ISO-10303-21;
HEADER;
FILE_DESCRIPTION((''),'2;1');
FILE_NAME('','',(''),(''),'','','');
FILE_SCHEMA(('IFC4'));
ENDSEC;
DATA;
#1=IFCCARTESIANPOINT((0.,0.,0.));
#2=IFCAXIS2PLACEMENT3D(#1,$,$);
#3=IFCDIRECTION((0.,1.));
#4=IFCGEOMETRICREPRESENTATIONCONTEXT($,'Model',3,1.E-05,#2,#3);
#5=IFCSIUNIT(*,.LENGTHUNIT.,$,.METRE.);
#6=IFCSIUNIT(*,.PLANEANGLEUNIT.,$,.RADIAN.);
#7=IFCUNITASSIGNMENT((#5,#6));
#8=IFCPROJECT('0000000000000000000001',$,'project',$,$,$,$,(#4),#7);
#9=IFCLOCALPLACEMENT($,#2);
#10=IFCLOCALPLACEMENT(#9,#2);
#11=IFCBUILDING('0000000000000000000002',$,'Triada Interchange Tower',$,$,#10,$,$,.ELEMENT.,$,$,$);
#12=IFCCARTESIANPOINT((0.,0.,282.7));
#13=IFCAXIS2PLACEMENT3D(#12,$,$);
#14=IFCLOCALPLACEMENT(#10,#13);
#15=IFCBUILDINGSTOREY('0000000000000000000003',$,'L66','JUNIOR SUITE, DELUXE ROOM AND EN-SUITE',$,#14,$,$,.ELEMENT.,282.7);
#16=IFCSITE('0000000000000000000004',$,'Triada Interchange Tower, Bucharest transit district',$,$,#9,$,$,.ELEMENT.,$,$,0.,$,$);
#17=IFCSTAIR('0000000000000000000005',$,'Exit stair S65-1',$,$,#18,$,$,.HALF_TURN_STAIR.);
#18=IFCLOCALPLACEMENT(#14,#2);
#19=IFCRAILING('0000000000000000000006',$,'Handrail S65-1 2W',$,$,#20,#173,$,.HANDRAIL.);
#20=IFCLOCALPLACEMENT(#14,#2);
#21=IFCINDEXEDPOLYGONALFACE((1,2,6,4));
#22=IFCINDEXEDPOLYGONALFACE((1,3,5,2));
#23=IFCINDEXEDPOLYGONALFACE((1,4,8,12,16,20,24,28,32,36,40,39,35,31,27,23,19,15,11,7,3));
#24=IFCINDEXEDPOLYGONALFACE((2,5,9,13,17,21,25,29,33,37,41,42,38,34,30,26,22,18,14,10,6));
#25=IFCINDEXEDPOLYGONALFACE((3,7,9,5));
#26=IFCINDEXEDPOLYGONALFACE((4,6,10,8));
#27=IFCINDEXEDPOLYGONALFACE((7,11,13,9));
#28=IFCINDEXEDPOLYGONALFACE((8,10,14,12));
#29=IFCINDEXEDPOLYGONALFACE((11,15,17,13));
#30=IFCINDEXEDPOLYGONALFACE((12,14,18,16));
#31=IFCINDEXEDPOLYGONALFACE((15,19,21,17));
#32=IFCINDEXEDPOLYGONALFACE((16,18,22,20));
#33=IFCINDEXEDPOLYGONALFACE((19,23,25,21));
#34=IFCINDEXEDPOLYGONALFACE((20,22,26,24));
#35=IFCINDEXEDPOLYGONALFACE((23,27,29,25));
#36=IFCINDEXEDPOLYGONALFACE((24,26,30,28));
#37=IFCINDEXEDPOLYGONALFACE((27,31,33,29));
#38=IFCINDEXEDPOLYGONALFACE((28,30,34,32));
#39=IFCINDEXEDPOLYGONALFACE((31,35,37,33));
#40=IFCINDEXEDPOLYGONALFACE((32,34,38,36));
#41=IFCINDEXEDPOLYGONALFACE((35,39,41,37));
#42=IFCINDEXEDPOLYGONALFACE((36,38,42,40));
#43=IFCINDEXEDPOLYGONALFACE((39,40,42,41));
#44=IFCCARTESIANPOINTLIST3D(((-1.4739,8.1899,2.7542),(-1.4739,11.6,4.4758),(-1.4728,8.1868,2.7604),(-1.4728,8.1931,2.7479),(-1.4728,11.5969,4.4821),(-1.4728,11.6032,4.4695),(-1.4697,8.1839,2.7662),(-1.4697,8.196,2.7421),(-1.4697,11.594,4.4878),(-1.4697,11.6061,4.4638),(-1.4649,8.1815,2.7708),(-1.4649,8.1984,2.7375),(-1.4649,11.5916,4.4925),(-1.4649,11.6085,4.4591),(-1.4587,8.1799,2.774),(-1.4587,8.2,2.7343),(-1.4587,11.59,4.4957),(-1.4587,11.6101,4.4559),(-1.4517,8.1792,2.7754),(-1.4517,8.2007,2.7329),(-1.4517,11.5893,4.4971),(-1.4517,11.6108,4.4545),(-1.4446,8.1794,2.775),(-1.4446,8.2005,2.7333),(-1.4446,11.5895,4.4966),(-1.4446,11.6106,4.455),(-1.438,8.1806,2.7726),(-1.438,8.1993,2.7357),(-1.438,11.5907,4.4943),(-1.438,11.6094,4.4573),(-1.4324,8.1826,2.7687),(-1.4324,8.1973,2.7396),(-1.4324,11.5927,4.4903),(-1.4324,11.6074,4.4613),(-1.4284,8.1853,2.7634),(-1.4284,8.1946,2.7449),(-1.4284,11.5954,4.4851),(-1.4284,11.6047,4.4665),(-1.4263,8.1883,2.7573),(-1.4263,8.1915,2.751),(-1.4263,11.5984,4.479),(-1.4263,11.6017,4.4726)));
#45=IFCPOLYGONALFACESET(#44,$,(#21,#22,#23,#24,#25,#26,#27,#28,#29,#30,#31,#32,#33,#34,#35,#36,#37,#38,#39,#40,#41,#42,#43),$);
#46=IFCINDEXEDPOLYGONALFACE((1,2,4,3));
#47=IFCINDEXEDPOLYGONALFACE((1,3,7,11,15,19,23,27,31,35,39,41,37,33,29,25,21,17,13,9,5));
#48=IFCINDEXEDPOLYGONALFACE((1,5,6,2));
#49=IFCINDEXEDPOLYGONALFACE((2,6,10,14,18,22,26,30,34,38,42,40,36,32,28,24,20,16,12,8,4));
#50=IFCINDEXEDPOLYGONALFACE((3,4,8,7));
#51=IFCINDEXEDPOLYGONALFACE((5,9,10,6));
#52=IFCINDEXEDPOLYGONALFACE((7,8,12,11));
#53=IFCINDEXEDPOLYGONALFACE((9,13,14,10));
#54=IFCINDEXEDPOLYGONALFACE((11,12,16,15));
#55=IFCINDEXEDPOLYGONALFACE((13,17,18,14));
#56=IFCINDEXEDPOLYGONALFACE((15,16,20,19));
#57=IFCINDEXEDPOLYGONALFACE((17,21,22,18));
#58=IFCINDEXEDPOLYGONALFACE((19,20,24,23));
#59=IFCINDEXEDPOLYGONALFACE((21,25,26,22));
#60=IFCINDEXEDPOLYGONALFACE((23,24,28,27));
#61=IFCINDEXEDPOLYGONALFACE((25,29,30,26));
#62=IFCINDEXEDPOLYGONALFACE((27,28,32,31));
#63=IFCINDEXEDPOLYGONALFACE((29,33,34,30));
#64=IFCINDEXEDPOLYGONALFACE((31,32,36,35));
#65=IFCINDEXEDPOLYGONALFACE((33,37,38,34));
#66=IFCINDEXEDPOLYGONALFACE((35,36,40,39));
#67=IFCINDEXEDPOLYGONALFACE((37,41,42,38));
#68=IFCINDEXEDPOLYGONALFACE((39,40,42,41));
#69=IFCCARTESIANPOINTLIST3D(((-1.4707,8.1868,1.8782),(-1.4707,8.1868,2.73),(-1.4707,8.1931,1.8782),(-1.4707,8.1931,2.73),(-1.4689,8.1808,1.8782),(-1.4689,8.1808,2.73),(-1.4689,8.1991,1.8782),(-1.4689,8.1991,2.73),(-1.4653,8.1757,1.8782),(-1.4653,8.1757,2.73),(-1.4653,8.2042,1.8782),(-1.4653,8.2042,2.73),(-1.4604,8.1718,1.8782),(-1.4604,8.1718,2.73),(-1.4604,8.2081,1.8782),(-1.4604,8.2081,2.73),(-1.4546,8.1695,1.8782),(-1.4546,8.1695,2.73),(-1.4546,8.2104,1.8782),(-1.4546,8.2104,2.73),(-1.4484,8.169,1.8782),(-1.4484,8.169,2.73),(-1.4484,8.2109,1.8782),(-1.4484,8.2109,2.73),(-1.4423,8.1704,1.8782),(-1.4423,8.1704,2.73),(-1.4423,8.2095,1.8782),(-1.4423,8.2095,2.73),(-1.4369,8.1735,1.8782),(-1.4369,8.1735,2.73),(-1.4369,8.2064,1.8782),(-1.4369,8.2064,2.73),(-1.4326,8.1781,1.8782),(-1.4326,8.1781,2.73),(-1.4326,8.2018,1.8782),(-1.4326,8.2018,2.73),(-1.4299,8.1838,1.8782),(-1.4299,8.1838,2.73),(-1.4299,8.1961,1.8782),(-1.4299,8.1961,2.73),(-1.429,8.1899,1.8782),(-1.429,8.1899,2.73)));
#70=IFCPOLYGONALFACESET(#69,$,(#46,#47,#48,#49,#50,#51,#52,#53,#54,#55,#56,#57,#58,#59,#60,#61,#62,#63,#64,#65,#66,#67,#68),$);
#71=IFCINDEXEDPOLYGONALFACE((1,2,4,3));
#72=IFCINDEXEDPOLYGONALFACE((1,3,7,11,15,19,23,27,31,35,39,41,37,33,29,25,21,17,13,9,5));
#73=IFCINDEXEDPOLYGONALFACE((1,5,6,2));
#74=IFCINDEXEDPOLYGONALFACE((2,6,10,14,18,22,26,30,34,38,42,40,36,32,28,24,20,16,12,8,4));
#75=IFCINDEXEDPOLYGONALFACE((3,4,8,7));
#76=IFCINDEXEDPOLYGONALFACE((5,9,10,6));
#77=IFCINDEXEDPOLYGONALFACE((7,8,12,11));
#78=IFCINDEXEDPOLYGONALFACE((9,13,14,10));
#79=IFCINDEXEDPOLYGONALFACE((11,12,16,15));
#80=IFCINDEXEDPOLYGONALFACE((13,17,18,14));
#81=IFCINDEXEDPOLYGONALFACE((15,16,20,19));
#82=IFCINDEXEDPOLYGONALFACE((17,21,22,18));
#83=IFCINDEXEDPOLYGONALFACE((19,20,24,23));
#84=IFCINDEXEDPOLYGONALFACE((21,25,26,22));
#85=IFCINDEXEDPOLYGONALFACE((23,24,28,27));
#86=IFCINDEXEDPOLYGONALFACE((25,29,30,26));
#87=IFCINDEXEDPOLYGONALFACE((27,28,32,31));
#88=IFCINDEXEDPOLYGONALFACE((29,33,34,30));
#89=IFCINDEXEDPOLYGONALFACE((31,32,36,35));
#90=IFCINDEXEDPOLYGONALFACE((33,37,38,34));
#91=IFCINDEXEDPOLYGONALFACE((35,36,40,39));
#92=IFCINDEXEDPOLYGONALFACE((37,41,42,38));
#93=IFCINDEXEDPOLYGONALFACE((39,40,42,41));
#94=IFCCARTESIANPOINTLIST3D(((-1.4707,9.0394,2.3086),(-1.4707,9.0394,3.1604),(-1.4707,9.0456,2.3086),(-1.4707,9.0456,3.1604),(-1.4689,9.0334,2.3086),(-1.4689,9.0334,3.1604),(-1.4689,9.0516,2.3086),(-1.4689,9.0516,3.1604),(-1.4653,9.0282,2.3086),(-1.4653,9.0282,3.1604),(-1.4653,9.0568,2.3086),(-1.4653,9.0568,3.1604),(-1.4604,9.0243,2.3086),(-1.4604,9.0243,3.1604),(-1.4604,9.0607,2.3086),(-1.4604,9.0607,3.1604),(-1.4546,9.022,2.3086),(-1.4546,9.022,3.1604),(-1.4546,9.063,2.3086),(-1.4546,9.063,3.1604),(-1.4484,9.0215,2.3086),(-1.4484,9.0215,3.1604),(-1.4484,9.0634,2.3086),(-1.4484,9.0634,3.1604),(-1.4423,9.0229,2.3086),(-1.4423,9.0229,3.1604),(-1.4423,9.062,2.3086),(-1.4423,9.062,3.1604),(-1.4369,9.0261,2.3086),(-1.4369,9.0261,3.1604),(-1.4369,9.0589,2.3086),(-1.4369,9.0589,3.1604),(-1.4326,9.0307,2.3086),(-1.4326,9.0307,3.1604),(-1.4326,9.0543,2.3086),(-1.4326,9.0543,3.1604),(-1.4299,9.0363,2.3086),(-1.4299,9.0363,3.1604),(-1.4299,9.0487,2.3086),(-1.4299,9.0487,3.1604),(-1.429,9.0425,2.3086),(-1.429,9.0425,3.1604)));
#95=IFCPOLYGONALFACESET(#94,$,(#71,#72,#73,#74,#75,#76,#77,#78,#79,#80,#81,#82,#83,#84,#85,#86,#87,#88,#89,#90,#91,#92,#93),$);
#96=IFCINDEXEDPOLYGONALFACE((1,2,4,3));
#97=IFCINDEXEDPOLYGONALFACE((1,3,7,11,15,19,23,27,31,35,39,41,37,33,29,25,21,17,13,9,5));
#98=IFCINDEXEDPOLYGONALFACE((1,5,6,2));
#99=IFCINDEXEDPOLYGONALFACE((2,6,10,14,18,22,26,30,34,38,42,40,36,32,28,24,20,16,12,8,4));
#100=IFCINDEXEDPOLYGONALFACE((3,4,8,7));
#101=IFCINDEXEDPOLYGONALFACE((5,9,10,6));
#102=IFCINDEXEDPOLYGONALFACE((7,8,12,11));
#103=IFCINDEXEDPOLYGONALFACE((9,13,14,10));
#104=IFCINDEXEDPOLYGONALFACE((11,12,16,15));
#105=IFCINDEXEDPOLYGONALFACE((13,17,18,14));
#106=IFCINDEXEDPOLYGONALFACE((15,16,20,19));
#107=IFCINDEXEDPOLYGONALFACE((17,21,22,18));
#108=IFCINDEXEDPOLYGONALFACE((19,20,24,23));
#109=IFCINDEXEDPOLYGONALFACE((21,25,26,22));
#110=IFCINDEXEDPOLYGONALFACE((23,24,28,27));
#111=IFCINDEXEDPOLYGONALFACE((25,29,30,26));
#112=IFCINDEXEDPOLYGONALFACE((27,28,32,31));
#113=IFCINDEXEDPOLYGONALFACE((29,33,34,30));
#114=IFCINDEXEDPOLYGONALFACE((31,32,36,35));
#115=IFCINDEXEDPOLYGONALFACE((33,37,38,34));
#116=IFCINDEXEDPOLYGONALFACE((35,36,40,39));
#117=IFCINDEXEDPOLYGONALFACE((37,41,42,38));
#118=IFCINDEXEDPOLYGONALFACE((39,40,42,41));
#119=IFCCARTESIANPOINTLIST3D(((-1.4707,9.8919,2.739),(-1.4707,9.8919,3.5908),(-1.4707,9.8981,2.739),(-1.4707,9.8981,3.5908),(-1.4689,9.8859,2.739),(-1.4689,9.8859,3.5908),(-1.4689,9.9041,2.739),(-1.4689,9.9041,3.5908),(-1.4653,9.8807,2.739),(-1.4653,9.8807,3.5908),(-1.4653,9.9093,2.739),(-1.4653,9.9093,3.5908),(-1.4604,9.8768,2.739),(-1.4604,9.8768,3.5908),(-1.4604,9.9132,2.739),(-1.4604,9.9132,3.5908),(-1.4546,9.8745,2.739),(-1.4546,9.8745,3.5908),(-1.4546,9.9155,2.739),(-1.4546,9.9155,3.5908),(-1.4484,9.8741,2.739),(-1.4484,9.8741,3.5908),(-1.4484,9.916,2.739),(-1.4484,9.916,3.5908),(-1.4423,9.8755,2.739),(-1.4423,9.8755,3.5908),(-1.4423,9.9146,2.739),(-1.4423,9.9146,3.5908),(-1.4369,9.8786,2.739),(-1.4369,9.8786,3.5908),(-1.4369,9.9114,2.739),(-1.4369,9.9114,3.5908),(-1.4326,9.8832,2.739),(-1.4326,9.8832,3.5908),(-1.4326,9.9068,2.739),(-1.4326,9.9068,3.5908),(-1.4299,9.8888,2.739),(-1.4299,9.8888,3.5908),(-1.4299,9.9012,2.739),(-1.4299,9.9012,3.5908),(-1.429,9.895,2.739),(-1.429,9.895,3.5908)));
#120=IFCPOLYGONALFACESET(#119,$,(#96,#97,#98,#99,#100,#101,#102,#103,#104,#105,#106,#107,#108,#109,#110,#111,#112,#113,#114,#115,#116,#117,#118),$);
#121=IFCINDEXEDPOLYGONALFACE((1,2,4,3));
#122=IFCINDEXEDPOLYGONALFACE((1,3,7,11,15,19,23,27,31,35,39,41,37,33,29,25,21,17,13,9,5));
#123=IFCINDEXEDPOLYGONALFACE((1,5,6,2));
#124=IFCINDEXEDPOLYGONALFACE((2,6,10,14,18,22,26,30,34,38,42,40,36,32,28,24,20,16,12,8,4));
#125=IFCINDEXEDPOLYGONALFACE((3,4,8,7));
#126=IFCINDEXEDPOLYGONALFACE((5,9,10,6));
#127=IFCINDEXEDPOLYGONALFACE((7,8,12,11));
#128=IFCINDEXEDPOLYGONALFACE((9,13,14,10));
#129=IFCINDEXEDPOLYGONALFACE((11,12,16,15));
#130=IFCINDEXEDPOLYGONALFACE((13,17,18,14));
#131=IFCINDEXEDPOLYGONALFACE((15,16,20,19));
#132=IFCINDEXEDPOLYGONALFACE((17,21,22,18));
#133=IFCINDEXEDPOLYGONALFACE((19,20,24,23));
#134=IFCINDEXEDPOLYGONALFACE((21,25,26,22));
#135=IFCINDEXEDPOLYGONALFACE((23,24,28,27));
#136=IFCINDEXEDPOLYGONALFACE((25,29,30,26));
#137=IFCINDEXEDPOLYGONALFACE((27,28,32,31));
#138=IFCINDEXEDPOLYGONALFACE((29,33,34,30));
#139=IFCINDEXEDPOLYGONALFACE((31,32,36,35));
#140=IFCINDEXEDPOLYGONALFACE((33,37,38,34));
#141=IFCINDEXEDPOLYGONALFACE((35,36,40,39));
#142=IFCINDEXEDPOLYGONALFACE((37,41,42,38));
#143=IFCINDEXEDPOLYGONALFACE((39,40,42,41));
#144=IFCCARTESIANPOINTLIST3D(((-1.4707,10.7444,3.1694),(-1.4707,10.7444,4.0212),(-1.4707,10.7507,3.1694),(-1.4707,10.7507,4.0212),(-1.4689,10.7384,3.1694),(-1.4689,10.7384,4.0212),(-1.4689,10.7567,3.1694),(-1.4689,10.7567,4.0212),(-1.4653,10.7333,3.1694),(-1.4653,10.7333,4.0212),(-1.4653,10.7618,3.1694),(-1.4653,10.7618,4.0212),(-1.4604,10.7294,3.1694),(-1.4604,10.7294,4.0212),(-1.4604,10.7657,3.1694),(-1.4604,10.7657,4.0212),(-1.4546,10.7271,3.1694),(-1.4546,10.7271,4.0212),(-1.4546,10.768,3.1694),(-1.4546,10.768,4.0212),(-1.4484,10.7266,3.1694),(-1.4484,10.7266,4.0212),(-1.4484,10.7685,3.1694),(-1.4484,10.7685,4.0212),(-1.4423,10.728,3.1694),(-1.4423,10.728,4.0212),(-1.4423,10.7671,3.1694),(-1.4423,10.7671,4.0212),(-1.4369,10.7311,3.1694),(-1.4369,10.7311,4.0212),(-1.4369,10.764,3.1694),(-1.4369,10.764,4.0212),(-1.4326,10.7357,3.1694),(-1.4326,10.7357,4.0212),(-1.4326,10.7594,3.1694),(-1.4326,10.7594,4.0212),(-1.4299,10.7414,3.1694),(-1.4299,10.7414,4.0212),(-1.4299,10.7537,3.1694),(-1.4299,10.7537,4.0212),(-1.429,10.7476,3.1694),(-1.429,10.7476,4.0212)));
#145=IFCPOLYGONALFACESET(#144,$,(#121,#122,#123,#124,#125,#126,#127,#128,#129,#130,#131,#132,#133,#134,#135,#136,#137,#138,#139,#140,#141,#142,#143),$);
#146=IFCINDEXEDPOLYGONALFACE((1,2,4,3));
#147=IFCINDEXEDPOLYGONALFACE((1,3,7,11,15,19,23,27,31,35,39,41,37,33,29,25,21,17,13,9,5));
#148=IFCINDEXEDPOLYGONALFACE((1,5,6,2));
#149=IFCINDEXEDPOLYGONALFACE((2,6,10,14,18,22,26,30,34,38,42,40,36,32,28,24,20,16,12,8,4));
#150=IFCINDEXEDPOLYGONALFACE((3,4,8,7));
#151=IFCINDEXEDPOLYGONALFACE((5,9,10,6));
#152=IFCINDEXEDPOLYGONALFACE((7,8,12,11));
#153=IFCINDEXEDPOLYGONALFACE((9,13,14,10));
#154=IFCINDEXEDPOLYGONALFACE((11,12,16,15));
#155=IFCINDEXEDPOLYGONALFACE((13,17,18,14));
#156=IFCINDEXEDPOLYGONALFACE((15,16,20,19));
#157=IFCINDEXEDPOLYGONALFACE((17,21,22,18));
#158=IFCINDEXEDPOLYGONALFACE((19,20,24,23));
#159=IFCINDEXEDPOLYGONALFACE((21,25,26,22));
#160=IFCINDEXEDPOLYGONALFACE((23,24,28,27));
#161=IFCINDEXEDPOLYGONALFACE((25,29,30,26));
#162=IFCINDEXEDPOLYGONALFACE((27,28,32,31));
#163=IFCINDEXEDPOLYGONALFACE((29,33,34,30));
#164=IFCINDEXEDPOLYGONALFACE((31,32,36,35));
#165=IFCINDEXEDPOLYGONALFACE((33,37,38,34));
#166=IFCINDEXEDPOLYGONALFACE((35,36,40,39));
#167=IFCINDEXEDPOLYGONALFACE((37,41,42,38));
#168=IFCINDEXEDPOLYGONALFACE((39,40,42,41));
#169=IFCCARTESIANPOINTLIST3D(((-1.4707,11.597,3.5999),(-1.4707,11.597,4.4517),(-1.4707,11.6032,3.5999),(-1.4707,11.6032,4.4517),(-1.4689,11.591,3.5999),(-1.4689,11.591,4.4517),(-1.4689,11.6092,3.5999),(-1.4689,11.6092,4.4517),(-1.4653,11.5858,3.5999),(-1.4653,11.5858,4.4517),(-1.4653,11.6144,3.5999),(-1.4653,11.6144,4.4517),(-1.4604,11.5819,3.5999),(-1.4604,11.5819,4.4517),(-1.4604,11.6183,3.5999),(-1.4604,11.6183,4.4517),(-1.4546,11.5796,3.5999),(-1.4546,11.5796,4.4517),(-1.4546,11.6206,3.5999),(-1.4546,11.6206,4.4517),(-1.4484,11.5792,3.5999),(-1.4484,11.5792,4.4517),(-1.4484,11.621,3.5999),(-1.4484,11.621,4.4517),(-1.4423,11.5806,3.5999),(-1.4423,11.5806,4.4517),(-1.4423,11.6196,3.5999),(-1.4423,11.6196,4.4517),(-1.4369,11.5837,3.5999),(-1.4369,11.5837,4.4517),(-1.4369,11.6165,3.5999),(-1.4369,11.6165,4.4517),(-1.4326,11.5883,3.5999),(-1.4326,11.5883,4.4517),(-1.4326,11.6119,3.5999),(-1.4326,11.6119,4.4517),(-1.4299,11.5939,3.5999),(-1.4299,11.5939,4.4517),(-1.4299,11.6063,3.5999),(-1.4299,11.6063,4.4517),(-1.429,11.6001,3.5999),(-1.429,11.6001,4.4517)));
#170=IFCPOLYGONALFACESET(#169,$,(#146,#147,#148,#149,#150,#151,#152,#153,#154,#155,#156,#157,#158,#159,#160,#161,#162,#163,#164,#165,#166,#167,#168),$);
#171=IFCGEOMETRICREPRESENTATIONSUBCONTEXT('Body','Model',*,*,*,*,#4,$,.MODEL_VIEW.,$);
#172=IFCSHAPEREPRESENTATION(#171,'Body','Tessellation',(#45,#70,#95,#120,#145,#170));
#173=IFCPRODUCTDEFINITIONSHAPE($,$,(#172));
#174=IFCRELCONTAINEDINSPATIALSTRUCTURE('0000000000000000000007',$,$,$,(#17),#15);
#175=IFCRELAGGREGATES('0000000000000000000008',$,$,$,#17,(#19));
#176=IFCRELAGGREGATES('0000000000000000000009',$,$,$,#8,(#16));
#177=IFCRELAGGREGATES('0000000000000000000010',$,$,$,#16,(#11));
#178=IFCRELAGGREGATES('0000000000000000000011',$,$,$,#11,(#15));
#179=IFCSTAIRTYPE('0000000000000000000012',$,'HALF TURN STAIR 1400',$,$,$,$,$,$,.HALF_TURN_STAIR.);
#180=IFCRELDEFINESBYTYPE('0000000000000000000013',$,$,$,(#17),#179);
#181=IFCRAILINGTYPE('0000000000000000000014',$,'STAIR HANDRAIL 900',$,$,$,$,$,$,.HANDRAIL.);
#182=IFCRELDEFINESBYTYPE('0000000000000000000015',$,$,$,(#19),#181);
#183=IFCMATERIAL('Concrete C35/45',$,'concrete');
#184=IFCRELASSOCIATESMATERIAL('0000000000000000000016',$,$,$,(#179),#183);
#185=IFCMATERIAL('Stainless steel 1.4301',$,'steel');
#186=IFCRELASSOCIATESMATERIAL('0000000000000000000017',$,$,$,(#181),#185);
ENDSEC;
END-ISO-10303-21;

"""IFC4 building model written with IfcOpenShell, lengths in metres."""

from ifc_helpers import new_model, si_unit, direction, frame, origin, origin_2d, place, context, subcontext, project, spatial, circle, extrude, material, type_object, element, aggregate, save


model = new_model("IFC4")

# Units and contexts
model_context = context("Model", 3, precision=1e-05, world=origin(), true_north=direction((0.0, 1.0)))
body_context = subcontext(model_context, "Body", "Model", "MODEL_VIEW")
ifc_project = project(units=[si_unit("LENGTHUNIT", "METRE"), si_unit("PLANEANGLEUNIT", "RADIAN")], contexts=[model_context])

# Site, building, storey
site_placement = place(None, origin())
site = spatial("IfcSite", under=ifc_project, at=site_placement, Name="Triada Interchange Tower, Bucharest transit district", CompositionType="ELEMENT", RefElevation=0.0)
building_placement = place(site_placement, origin())
building = spatial("IfcBuilding", under=site, at=building_placement, Name="Triada Interchange Tower", CompositionType="ELEMENT")
storey_placement = place(building_placement, frame((0.0, 0.0, 282.7)))
storey = spatial("IfcBuildingStorey", under=building, at=storey_placement, Name="L66", Description="JUNIOR SUITE, DELUXE ROOM AND EN-SUITE", CompositionType="ELEMENT", Elevation=282.7)

# Stair
ifc_material_1 = material(Name="Concrete C35/45", Category="concrete")
stair_type = type_object("IfcStairType", Name="HALF TURN STAIR 1400", PredefinedType="HALF_TURN_STAIR", material=ifc_material_1)
stair_placement = place(storey_placement, origin())
stair = element("IfcStair", 1, at=stair_placement, inside=storey, type_object=stair_type, Name="Exit stair S65-1", PredefinedType="HALF_TURN_STAIR")

# Railing
ifc_material_2 = material(Name="Stainless steel 1.4301", Category="steel")
railing_type = type_object("IfcRailingType", Name="STAIR HANDRAIL 900", PredefinedType="HANDRAIL", material=ifc_material_2)
railing_1_placement = place(storey_placement, frame((-1.45, 8.1899, 1.8782)))
railing_1 = element("IfcRailing", 2, at=railing_1_placement, type_object=railing_type, Name="Handrail S65-1 2W", PredefinedType="HANDRAIL", context=body_context, shape_type="SweptSolid", body=[
    extrude(circle(Radius=0.0239, at=origin_2d()), frame((0.0, 0.0, 0.876), z_axis=(0.0, 0.892682, 0.450687), x_axis=(-1.0, 0.0, 0.0)), (0.0, 0.0, 1.0), 3.8201),
    extrude(circle(Radius=0.021, at=origin_2d()), origin(), (0.0, 0.0, 1.0), 0.8518),
    extrude(circle(Radius=0.021, at=origin_2d()), frame((0.0, 0.8525, 0.4304)), (0.0, 0.0, 1.0), 0.8518),
    extrude(circle(Radius=0.021, at=origin_2d()), frame((0.0, 1.7051, 0.8608)), (0.0, 0.0, 1.0), 0.8518),
    extrude(circle(Radius=0.021, at=origin_2d()), frame((0.0, 2.5576, 1.2913)), (0.0, 0.0, 1.0), 0.8518),
    extrude(circle(Radius=0.021, at=origin_2d()), frame((0.0, 3.4102, 1.7217)), (0.0, 0.0, 1.0), 0.8518),
])
aggregate(stair, [railing_1])

save(model, "model.ifc")
